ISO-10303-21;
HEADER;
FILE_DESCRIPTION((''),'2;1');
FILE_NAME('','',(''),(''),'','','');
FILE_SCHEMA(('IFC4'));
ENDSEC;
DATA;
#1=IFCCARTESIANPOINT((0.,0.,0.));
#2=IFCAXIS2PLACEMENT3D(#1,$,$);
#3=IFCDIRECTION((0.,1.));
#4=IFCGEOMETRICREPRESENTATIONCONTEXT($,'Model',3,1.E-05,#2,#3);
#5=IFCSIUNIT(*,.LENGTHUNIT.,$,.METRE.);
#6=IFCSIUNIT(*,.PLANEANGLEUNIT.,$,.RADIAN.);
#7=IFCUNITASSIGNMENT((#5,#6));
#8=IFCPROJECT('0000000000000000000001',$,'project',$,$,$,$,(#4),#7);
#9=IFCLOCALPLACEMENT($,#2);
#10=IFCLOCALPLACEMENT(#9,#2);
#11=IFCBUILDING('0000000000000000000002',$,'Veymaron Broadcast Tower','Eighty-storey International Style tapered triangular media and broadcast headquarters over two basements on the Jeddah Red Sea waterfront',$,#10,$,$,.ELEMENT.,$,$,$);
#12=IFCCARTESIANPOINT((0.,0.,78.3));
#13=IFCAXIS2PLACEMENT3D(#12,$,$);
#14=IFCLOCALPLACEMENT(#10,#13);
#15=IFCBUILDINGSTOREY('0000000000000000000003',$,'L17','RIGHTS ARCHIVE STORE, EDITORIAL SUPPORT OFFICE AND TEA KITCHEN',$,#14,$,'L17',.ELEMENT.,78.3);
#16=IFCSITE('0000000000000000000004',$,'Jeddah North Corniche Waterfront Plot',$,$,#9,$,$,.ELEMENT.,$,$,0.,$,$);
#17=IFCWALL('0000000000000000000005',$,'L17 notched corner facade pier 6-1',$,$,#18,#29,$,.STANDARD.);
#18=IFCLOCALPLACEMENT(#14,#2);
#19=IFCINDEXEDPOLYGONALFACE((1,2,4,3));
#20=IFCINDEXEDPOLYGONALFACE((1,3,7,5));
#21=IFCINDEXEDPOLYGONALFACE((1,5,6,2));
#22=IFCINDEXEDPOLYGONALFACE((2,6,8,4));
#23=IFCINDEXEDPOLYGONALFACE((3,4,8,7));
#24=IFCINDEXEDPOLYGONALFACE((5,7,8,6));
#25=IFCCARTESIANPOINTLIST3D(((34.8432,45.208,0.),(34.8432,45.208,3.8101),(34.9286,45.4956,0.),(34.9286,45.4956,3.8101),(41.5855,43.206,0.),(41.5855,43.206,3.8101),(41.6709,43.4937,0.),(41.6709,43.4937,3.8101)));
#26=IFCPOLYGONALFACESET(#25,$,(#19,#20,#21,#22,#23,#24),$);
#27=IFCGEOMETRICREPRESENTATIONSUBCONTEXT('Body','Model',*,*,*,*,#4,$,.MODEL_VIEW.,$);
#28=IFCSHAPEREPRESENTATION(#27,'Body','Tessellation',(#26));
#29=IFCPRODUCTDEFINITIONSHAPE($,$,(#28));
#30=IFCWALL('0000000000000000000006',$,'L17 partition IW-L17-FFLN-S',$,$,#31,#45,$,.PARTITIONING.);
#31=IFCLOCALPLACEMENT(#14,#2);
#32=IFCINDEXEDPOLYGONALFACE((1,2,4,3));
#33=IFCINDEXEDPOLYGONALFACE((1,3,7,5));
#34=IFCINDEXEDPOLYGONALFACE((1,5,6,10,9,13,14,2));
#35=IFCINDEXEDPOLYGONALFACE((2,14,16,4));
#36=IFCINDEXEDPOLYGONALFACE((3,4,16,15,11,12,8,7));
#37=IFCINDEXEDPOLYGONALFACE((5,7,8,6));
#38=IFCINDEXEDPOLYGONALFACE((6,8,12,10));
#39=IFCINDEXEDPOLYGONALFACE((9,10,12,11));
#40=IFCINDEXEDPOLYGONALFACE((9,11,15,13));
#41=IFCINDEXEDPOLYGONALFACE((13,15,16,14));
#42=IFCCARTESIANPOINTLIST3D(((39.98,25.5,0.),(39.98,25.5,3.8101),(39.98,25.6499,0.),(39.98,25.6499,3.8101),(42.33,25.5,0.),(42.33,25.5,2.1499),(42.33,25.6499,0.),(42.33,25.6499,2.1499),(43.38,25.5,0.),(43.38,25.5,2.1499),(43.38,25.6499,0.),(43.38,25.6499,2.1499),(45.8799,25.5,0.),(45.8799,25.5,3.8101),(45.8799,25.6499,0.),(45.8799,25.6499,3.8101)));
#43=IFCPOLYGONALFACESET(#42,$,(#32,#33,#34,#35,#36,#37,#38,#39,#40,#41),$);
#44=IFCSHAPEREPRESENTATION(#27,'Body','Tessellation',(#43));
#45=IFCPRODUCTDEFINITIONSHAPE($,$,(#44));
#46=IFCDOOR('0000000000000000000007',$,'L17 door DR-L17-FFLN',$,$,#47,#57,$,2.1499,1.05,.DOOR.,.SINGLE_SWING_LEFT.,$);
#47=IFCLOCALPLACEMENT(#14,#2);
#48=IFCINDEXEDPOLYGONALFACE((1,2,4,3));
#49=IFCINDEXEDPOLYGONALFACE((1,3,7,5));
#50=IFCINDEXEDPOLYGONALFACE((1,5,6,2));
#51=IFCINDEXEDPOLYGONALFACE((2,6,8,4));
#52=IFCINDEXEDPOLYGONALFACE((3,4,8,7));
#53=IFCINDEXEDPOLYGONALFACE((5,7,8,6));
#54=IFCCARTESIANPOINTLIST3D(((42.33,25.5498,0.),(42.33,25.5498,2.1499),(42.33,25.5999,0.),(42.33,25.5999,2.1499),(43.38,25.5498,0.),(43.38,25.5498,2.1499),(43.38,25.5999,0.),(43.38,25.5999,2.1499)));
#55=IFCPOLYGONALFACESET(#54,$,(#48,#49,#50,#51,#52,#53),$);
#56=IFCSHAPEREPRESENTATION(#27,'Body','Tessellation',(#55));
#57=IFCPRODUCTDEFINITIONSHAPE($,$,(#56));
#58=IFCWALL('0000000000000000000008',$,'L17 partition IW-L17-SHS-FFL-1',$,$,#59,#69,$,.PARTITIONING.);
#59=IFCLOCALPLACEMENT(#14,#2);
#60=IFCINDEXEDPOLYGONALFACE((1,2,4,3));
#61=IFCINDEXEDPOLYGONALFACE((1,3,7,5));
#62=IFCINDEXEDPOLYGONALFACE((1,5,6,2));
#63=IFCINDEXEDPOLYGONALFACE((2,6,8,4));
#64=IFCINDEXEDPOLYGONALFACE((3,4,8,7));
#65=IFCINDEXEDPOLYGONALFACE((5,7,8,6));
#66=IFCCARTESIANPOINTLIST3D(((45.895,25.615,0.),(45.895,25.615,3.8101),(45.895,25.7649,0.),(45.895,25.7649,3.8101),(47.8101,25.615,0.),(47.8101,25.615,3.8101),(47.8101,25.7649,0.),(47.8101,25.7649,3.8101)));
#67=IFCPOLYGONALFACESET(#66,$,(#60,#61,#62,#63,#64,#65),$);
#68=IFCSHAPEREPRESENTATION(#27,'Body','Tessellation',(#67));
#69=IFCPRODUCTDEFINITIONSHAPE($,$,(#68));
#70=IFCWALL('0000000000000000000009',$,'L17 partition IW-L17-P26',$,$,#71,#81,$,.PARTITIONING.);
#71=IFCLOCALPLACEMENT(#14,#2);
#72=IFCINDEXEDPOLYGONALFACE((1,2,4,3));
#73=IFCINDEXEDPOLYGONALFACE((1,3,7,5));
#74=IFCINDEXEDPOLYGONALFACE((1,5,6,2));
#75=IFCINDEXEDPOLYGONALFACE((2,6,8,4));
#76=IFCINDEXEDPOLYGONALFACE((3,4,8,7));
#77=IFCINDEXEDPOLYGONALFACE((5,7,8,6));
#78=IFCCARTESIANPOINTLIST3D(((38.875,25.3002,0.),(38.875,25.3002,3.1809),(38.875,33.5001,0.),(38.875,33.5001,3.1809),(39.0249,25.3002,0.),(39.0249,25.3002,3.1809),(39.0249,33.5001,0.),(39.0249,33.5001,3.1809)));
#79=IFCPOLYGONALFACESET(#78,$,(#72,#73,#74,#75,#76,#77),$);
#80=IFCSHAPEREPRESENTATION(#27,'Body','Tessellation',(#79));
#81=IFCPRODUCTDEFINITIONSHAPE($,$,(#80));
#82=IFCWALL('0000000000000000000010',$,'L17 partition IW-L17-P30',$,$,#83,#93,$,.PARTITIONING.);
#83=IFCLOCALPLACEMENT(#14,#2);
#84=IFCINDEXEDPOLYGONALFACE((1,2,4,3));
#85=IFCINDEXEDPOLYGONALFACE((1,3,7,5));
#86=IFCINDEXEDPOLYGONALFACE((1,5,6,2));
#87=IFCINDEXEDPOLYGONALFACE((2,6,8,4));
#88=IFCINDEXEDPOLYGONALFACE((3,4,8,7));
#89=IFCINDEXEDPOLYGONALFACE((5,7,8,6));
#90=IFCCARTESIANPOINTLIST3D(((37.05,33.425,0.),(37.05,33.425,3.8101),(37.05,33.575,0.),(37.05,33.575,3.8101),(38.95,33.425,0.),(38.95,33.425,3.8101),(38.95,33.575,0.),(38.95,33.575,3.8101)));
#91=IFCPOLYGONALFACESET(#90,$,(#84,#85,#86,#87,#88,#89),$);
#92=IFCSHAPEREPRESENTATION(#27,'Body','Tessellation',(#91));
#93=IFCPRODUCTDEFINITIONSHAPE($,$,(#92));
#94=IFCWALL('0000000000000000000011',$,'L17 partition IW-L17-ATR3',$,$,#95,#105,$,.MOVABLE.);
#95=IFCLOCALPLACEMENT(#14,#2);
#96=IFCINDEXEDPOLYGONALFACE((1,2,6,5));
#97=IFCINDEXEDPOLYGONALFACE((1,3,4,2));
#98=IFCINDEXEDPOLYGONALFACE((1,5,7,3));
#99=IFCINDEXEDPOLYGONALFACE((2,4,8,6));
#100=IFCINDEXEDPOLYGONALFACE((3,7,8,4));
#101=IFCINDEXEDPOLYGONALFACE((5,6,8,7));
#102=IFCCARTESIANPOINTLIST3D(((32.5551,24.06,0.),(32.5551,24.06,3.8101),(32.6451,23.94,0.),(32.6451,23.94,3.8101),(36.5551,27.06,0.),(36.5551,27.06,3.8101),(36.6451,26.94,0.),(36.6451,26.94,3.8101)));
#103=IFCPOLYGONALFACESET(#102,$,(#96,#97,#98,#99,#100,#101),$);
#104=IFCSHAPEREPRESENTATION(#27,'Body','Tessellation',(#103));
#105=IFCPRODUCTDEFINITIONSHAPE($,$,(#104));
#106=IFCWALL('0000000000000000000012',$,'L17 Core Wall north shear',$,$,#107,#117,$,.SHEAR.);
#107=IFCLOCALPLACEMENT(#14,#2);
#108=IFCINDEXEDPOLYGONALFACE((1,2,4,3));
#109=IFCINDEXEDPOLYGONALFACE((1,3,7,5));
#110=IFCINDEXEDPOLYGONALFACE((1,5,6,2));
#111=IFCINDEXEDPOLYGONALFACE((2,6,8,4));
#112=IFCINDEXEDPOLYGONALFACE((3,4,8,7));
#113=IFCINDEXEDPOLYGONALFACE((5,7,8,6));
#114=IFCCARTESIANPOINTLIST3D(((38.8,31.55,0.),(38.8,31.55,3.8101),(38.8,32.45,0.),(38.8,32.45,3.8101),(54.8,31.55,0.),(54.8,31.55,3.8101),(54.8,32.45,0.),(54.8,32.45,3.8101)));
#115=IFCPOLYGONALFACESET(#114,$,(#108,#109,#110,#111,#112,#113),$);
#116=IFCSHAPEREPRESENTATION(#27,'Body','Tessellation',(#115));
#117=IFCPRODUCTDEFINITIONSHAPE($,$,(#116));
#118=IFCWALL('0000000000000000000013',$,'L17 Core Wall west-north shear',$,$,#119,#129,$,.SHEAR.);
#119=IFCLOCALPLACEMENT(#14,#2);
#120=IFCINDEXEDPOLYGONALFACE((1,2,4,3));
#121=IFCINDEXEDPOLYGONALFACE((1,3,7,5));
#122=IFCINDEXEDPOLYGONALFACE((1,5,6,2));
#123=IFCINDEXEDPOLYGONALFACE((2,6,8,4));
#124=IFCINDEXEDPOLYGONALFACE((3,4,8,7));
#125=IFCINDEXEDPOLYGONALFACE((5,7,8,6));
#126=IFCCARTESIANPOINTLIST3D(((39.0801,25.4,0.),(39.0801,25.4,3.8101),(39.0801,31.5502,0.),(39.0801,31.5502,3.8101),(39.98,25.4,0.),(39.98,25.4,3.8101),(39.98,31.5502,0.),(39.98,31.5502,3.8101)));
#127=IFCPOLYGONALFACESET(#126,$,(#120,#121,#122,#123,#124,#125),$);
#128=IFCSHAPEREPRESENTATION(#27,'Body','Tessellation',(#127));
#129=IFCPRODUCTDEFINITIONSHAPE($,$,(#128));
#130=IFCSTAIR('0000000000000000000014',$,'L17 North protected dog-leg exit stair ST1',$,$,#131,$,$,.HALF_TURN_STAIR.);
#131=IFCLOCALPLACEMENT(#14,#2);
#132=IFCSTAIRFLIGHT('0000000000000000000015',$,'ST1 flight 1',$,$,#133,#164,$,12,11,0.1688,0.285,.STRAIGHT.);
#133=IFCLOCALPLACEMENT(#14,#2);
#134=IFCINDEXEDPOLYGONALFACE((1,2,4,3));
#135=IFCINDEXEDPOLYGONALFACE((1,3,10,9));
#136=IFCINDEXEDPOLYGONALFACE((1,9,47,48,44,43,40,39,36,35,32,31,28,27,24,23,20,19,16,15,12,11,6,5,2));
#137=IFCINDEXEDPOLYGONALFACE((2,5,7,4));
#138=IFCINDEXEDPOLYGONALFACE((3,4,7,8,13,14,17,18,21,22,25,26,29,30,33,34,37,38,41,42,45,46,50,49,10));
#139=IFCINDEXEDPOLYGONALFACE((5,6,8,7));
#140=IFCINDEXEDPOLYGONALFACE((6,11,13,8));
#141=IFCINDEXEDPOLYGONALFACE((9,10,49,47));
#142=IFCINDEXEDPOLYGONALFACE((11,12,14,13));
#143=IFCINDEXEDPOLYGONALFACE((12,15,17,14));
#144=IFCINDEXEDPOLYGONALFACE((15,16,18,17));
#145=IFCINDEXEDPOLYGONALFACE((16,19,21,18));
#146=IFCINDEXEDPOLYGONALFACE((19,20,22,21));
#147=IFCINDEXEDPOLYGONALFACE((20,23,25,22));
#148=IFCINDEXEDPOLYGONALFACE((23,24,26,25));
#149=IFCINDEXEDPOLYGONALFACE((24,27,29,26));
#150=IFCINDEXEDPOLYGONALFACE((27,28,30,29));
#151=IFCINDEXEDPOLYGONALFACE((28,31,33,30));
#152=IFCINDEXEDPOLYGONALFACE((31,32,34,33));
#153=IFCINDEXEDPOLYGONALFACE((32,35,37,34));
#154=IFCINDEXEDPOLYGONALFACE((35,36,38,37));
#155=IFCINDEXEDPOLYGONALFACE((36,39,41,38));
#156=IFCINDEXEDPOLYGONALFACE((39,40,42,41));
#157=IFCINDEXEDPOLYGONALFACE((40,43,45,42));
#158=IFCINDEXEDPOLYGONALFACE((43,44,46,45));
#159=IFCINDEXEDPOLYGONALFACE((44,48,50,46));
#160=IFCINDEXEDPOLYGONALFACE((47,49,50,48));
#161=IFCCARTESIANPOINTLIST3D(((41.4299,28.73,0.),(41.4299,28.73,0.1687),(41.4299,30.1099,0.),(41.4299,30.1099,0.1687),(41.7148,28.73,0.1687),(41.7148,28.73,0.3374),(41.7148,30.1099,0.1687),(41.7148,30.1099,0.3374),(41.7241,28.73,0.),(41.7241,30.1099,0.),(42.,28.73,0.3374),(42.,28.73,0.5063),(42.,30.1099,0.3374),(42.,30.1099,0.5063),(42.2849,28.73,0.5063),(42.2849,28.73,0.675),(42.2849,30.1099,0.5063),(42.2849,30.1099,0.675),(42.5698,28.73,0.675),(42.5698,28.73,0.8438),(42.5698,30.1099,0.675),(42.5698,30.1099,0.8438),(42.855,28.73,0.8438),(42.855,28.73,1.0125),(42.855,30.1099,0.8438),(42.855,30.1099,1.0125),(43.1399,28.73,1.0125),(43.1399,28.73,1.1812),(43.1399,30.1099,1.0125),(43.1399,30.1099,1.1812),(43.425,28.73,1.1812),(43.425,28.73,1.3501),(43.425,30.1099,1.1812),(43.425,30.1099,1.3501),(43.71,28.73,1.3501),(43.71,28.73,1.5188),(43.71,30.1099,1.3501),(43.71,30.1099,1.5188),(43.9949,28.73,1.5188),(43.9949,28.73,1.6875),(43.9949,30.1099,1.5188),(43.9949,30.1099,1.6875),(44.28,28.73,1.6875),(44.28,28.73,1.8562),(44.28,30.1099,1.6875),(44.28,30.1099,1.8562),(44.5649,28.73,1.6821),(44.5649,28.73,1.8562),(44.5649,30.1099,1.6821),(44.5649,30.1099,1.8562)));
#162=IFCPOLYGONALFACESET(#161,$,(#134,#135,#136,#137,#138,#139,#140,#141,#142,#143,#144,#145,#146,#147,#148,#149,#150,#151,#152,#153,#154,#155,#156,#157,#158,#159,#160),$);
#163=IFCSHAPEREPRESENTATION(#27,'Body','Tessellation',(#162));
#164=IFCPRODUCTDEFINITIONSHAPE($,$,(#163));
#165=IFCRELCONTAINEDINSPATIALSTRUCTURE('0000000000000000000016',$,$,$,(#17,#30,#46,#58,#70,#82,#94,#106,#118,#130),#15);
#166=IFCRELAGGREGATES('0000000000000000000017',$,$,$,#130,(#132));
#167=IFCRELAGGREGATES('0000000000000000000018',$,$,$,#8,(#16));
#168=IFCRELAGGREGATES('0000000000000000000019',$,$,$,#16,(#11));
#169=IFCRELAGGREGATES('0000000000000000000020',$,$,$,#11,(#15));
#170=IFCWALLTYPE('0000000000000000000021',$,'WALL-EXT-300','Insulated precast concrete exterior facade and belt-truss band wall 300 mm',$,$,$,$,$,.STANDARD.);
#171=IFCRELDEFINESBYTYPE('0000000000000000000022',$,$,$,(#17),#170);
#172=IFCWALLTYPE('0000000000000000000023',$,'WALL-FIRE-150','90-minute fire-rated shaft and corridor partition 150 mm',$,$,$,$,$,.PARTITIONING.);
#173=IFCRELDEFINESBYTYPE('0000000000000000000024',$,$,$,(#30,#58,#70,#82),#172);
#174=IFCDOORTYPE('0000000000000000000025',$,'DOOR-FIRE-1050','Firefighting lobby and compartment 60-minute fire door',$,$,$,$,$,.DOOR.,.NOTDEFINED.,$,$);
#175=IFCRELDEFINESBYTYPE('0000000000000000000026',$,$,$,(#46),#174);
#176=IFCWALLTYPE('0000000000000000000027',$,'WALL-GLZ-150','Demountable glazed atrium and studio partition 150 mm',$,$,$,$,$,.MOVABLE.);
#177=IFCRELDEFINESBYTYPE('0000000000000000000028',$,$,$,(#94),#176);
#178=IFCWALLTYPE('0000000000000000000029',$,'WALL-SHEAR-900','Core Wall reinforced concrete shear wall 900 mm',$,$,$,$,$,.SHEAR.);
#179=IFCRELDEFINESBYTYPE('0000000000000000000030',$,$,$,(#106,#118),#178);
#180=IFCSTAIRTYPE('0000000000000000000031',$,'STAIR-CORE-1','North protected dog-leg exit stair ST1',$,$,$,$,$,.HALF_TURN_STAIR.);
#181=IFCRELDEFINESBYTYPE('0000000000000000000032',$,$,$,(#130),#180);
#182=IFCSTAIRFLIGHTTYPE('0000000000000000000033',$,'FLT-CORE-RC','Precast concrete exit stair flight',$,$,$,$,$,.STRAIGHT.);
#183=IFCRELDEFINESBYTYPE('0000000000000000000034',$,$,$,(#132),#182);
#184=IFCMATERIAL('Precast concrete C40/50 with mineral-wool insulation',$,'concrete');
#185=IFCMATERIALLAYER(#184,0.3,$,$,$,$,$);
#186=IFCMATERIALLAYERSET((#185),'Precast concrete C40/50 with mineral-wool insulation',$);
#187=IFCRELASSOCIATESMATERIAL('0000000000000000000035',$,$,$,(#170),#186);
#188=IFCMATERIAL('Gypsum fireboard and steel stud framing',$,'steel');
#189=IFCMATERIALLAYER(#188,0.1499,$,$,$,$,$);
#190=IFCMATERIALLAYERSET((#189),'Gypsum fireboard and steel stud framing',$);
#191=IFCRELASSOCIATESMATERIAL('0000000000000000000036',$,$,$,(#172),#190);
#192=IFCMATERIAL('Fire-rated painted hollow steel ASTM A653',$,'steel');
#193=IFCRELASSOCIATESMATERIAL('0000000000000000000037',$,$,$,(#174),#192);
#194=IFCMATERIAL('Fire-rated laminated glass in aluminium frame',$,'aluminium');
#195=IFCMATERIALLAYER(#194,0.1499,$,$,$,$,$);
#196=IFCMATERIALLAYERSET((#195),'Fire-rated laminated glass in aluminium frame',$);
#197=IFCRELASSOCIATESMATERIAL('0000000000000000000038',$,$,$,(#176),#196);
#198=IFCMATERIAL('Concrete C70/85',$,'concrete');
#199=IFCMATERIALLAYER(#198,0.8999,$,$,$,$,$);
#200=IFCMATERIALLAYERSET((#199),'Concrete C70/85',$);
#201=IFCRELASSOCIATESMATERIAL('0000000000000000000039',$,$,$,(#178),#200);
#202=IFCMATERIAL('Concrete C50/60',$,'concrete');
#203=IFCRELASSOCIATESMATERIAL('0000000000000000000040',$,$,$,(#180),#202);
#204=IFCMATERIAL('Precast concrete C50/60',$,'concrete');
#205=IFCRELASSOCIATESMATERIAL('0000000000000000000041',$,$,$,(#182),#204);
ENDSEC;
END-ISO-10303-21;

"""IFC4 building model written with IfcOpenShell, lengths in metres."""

from ifc_helpers import new_model, si_unit, direction, frame, frame_2d, origin, place, context, subcontext, project, spatial, polyline, rectangle, outline, extrude, material, layer, layer_set, type_object, element, fill, aggregate, save


model = new_model("IFC4")

# Units and contexts
model_context = context("Model", 3, precision=1e-05, world=origin(), true_north=direction((0.0, 1.0)))
body_context = subcontext(model_context, "Body", "Model", "MODEL_VIEW")
ifc_project = project(units=[si_unit("LENGTHUNIT", "METRE"), si_unit("PLANEANGLEUNIT", "RADIAN")], contexts=[model_context])

# Site, building, storey
site_placement = place(None, origin())
site = spatial("IfcSite", under=ifc_project, at=site_placement, Name="Jeddah North Corniche Waterfront Plot", CompositionType="ELEMENT", RefElevation=0.0)
building_placement = place(site_placement, origin())
building = spatial("IfcBuilding", under=site, at=building_placement, Name="Veymaron Broadcast Tower", Description="Eighty-storey International Style tapered triangular media and broadcast headquarters over two basements on the Jeddah Red Sea waterfront", CompositionType="ELEMENT")
storey_placement = place(building_placement, frame((0.0, 0.0, 78.3)))
storey = spatial("IfcBuildingStorey", under=building, at=storey_placement, Name="L17", Description="RIGHTS ARCHIVE STORE, EDITORIAL SUPPORT OFFICE AND TEA KITCHEN", LongName="L17", CompositionType="ELEMENT", Elevation=78.3)

# Wall
ifc_material_1 = material(Name="Precast concrete C40/50 with mineral-wool insulation", Category="concrete")
ifc_layer_1 = layer(ifc_material_1, 0.3)
ifc_layer_set_1 = layer_set([ifc_layer_1], Name="Precast concrete C40/50 with mineral-wool insulation")
wall_type_1 = type_object("IfcWallType", Name="WALL-EXT-300", Description="Insulated precast concrete exterior facade and belt-truss band wall 300 mm", PredefinedType="STANDARD", material=ifc_layer_set_1)
wall_1_placement = place(storey_placement, frame((41.6282, 43.3499, 0.0), z_axis=(0.0, 0.0, 1.0), x_axis=(-0.958633, 0.284646, 0.0)))
element("IfcWall", 1, at=wall_1_placement, inside=storey, type_object=wall_type_1, Name="L17 notched corner facade pier 6-1", PredefinedType="STANDARD", context=body_context, shape_type="SweptSolid", body=[
    extrude(rectangle(XDim=7.0332, YDim=0.3, at=frame_2d((3.5166, 0.0))), origin(), (0.0, 0.0, 1.0), 3.8101),
])

# Wall, opening, door
ifc_material_2 = material(Name="Gypsum fireboard and steel stud framing", Category="steel")
ifc_layer_2 = layer(ifc_material_2, 0.1499)
ifc_layer_set_2 = layer_set([ifc_layer_2], Name="Gypsum fireboard and steel stud framing")
wall_type_2 = type_object("IfcWallType", Name="WALL-FIRE-150", Description="90-minute fire-rated shaft and corridor partition 150 mm", PredefinedType="PARTITIONING", material=ifc_layer_set_2)
wall_2_placement = place(storey_placement, frame((39.98, 25.575, 0.0), z_axis=(0.0, 0.0, 1.0), x_axis=(1.0, 0.0, 0.0)))
wall_2 = element("IfcWall", 2, at=wall_2_placement, inside=storey, type_object=wall_type_2, Name="L17 partition IW-L17-FFLN-S", PredefinedType="PARTITIONING", context=body_context, shape_type="SweptSolid", body=[
    extrude(rectangle(XDim=5.8999, YDim=0.1499, at=frame_2d((2.95, 0.0))), origin(), (0.0, 0.0, 1.0), 3.8101),
])
opening_1_placement = place(wall_2_placement, frame((2.3501, 0.0, 0.0)))
opening_1 = element("IfcOpeningElement", 3, at=opening_1_placement, cuts=wall_2, PredefinedType="OPENING", context=body_context, shape_type="SweptSolid", body=[
    extrude(rectangle(XDim=1.05, YDim=2.1499, at=frame_2d((0.5249, 1.075))), frame((0.0, 0.085, 0.0), z_axis=(0.0, -1.0, 0.0), x_axis=(1.0, 0.0, 0.0)), (0.0, 0.0, 1.0), 0.1699),
])
ifc_material_3 = material(Name="Fire-rated painted hollow steel ASTM A653", Category="steel")
door_type_1 = type_object("IfcDoorType", Name="DOOR-FIRE-1050", Description="Firefighting lobby and compartment 60-minute fire door", OperationType="NOTDEFINED", PredefinedType="DOOR", material=ifc_material_3)
door_1_placement = place(opening_1_placement, origin())
door_1 = element("IfcDoor", 4, at=door_1_placement, inside=storey, type_object=door_type_1, Name="L17 door DR-L17-FFLN", OperationType="SINGLE_SWING_LEFT", OverallHeight=2.1499, OverallWidth=1.05, PredefinedType="DOOR", context=body_context, shape_type="SweptSolid", body=[
    extrude(rectangle(XDim=1.05, YDim=2.1499, at=frame_2d((0.5249, 1.075))), frame((0.0, 0.0249, 0.0), z_axis=(0.0, -1.0, 0.0), x_axis=(1.0, 0.0, 0.0)), (0.0, 0.0, 1.0), 0.05),
])
fill(opening_1, door_1)

# Wall
wall_3_placement = place(storey_placement, frame((45.895, 25.6899, 0.0), z_axis=(0.0, 0.0, 1.0), x_axis=(1.0, 0.0, 0.0)))
element("IfcWall", 5, at=wall_3_placement, inside=storey, type_object=wall_type_2, Name="L17 partition IW-L17-SHS-FFL-1", PredefinedType="PARTITIONING", context=body_context, shape_type="SweptSolid", body=[
    extrude(rectangle(XDim=1.915, YDim=0.1499, at=frame_2d((0.9575, 0.0))), origin(), (0.0, 0.0, 1.0), 3.8101),
])

# Walls
wall_4_placement = place(storey_placement, frame((38.95, 25.3, 0.0), z_axis=(0.0, 0.0, 1.0), x_axis=(0.0, 1.0, 0.0)))
element("IfcWall", 6, at=wall_4_placement, inside=storey, type_object=wall_type_2, Name="L17 partition IW-L17-P26", PredefinedType="PARTITIONING", context=body_context, shape_type="SweptSolid", body=[
    extrude(rectangle(XDim=8.2, YDim=0.1499, at=frame_2d((4.1001, 0.0))), origin(), (0.0, 0.0, 1.0), 3.1809),
])
wall_5_placement = place(storey_placement, frame((37.05, 33.5, 0.0), z_axis=(0.0, 0.0, 1.0), x_axis=(1.0, 0.0, 0.0)))
element("IfcWall", 7, at=wall_5_placement, inside=storey, type_object=wall_type_2, Name="L17 partition IW-L17-P30", PredefinedType="PARTITIONING", context=body_context, shape_type="SweptSolid", body=[
    extrude(rectangle(XDim=1.8999, YDim=0.1499, at=frame_2d((0.95, 0.0))), origin(), (0.0, 0.0, 1.0), 3.8101),
])
ifc_material_4 = material(Name="Fire-rated laminated glass in aluminium frame", Category="aluminium")
ifc_layer_3 = layer(ifc_material_4, 0.1499)
ifc_layer_set_3 = layer_set([ifc_layer_3], Name="Fire-rated laminated glass in aluminium frame")
wall_type_3 = type_object("IfcWallType", Name="WALL-GLZ-150", Description="Demountable glazed atrium and studio partition 150 mm", PredefinedType="MOVABLE", material=ifc_layer_set_3)
wall_6_placement = place(storey_placement, frame((36.6001, 27.0, 0.0), z_axis=(0.0, 0.0, 1.0), x_axis=(-0.8, -0.6, 0.0)))
element("IfcWall", 8, at=wall_6_placement, inside=storey, type_object=wall_type_3, Name="L17 partition IW-L17-ATR3", PredefinedType="MOVABLE", context=body_context, shape_type="SweptSolid", body=[
    extrude(rectangle(XDim=5.0, YDim=0.1499, at=frame_2d((2.5, 0.0))), origin(), (0.0, 0.0, 1.0), 3.8101),
])

# Shared definitions
ifc_material_5 = material(Name="Concrete C50/60", Category="concrete")

# Walls
ifc_material_6 = material(Name="Concrete C70/85", Category="concrete")
ifc_layer_4 = layer(ifc_material_6, 0.8999)
ifc_layer_set_4 = layer_set([ifc_layer_4], Name="Concrete C70/85")
wall_type_4 = type_object("IfcWallType", Name="WALL-SHEAR-900", Description="Core Wall reinforced concrete shear wall 900 mm", PredefinedType="SHEAR", material=ifc_layer_set_4)
wall_7_placement = place(storey_placement, frame((38.8, 32.0, 0.0), z_axis=(0.0, 0.0, 1.0), x_axis=(1.0, 0.0, 0.0)))
element("IfcWall", 9, at=wall_7_placement, inside=storey, type_object=wall_type_4, Name="L17 Core Wall north shear", PredefinedType="SHEAR", context=body_context, shape_type="SweptSolid", body=[
    extrude(rectangle(XDim=16.0, YDim=0.8999, at=frame_2d((8.0, 0.0))), origin(), (0.0, 0.0, 1.0), 3.8101),
])
wall_8_placement = place(storey_placement, frame((39.53, 25.3999, 0.0), z_axis=(0.0, 0.0, 1.0), x_axis=(0.0, 1.0, 0.0)))
element("IfcWall", 10, at=wall_8_placement, inside=storey, type_object=wall_type_4, Name="L17 Core Wall west-north shear", PredefinedType="SHEAR", context=body_context, shape_type="SweptSolid", body=[
    extrude(rectangle(XDim=6.1501, YDim=0.8999, at=frame_2d((3.0752, 0.0))), origin(), (0.0, 0.0, 1.0), 3.8101),
])

# Stair, stair flight
stair_type = type_object("IfcStairType", Name="STAIR-CORE-1", Description="North protected dog-leg exit stair ST1", PredefinedType="HALF_TURN_STAIR", material=ifc_material_5)
stair_placement = place(storey_placement, origin())
stair = element("IfcStair", 11, at=stair_placement, inside=storey, type_object=stair_type, Name="L17 North protected dog-leg exit stair ST1", PredefinedType="HALF_TURN_STAIR")
ifc_material_7 = material(Name="Precast concrete C50/60", Category="concrete")
stair_flight_type = type_object("IfcStairFlightType", Name="FLT-CORE-RC", Description="Precast concrete exit stair flight", PredefinedType="STRAIGHT", material=ifc_material_7)
stair_flight_1_placement = place(storey_placement, frame((41.4299, 29.4199, 0.0), z_axis=(0.0, 0.0, 1.0), x_axis=(1.0, 0.0, 0.0)))
stair_flight_1 = element("IfcStairFlight", 12, at=stair_flight_1_placement, type_object=stair_flight_type, Name="ST1 flight 1", NumberOfRisers=12, NumberOfTreads=11, PredefinedType="STRAIGHT", RiserHeight=0.1688, TreadLength=0.285, context=body_context, shape_type="SweptSolid", body=[
    extrude(outline(polyline([(0.0, 0.0), (0.0, 0.1687), (0.2849, 0.1687), (0.2849, 0.3374), (0.5701, 0.3374), (0.5701, 0.5063), (0.855, 0.5063), (0.855, 0.675), (1.1399, 0.675), (1.1399, 0.8438), (1.425, 0.8438), (1.425, 1.0125), (1.71, 1.0125), (1.71, 1.1812), (1.9951, 1.1812), (1.9951, 1.3501), (2.28, 1.3501), (2.28, 1.5188), (2.5649, 1.5188), (2.5649, 1.6875), (2.8501, 1.6875), (2.8501, 1.8562), (3.135, 1.8562), (3.135, 2.0249), (3.135, 1.6821), (0.2942, 0.0), (0.0, 0.0)])), frame((0.0, 0.6899, 0.0), z_axis=(0.0, -1.0, 0.0), x_axis=(1.0, 0.0, 0.0)), (0.0, 0.0, 1.0), 1.3799),
])
aggregate(stair, [stair_flight_1])

save(model, "model.ifc")
